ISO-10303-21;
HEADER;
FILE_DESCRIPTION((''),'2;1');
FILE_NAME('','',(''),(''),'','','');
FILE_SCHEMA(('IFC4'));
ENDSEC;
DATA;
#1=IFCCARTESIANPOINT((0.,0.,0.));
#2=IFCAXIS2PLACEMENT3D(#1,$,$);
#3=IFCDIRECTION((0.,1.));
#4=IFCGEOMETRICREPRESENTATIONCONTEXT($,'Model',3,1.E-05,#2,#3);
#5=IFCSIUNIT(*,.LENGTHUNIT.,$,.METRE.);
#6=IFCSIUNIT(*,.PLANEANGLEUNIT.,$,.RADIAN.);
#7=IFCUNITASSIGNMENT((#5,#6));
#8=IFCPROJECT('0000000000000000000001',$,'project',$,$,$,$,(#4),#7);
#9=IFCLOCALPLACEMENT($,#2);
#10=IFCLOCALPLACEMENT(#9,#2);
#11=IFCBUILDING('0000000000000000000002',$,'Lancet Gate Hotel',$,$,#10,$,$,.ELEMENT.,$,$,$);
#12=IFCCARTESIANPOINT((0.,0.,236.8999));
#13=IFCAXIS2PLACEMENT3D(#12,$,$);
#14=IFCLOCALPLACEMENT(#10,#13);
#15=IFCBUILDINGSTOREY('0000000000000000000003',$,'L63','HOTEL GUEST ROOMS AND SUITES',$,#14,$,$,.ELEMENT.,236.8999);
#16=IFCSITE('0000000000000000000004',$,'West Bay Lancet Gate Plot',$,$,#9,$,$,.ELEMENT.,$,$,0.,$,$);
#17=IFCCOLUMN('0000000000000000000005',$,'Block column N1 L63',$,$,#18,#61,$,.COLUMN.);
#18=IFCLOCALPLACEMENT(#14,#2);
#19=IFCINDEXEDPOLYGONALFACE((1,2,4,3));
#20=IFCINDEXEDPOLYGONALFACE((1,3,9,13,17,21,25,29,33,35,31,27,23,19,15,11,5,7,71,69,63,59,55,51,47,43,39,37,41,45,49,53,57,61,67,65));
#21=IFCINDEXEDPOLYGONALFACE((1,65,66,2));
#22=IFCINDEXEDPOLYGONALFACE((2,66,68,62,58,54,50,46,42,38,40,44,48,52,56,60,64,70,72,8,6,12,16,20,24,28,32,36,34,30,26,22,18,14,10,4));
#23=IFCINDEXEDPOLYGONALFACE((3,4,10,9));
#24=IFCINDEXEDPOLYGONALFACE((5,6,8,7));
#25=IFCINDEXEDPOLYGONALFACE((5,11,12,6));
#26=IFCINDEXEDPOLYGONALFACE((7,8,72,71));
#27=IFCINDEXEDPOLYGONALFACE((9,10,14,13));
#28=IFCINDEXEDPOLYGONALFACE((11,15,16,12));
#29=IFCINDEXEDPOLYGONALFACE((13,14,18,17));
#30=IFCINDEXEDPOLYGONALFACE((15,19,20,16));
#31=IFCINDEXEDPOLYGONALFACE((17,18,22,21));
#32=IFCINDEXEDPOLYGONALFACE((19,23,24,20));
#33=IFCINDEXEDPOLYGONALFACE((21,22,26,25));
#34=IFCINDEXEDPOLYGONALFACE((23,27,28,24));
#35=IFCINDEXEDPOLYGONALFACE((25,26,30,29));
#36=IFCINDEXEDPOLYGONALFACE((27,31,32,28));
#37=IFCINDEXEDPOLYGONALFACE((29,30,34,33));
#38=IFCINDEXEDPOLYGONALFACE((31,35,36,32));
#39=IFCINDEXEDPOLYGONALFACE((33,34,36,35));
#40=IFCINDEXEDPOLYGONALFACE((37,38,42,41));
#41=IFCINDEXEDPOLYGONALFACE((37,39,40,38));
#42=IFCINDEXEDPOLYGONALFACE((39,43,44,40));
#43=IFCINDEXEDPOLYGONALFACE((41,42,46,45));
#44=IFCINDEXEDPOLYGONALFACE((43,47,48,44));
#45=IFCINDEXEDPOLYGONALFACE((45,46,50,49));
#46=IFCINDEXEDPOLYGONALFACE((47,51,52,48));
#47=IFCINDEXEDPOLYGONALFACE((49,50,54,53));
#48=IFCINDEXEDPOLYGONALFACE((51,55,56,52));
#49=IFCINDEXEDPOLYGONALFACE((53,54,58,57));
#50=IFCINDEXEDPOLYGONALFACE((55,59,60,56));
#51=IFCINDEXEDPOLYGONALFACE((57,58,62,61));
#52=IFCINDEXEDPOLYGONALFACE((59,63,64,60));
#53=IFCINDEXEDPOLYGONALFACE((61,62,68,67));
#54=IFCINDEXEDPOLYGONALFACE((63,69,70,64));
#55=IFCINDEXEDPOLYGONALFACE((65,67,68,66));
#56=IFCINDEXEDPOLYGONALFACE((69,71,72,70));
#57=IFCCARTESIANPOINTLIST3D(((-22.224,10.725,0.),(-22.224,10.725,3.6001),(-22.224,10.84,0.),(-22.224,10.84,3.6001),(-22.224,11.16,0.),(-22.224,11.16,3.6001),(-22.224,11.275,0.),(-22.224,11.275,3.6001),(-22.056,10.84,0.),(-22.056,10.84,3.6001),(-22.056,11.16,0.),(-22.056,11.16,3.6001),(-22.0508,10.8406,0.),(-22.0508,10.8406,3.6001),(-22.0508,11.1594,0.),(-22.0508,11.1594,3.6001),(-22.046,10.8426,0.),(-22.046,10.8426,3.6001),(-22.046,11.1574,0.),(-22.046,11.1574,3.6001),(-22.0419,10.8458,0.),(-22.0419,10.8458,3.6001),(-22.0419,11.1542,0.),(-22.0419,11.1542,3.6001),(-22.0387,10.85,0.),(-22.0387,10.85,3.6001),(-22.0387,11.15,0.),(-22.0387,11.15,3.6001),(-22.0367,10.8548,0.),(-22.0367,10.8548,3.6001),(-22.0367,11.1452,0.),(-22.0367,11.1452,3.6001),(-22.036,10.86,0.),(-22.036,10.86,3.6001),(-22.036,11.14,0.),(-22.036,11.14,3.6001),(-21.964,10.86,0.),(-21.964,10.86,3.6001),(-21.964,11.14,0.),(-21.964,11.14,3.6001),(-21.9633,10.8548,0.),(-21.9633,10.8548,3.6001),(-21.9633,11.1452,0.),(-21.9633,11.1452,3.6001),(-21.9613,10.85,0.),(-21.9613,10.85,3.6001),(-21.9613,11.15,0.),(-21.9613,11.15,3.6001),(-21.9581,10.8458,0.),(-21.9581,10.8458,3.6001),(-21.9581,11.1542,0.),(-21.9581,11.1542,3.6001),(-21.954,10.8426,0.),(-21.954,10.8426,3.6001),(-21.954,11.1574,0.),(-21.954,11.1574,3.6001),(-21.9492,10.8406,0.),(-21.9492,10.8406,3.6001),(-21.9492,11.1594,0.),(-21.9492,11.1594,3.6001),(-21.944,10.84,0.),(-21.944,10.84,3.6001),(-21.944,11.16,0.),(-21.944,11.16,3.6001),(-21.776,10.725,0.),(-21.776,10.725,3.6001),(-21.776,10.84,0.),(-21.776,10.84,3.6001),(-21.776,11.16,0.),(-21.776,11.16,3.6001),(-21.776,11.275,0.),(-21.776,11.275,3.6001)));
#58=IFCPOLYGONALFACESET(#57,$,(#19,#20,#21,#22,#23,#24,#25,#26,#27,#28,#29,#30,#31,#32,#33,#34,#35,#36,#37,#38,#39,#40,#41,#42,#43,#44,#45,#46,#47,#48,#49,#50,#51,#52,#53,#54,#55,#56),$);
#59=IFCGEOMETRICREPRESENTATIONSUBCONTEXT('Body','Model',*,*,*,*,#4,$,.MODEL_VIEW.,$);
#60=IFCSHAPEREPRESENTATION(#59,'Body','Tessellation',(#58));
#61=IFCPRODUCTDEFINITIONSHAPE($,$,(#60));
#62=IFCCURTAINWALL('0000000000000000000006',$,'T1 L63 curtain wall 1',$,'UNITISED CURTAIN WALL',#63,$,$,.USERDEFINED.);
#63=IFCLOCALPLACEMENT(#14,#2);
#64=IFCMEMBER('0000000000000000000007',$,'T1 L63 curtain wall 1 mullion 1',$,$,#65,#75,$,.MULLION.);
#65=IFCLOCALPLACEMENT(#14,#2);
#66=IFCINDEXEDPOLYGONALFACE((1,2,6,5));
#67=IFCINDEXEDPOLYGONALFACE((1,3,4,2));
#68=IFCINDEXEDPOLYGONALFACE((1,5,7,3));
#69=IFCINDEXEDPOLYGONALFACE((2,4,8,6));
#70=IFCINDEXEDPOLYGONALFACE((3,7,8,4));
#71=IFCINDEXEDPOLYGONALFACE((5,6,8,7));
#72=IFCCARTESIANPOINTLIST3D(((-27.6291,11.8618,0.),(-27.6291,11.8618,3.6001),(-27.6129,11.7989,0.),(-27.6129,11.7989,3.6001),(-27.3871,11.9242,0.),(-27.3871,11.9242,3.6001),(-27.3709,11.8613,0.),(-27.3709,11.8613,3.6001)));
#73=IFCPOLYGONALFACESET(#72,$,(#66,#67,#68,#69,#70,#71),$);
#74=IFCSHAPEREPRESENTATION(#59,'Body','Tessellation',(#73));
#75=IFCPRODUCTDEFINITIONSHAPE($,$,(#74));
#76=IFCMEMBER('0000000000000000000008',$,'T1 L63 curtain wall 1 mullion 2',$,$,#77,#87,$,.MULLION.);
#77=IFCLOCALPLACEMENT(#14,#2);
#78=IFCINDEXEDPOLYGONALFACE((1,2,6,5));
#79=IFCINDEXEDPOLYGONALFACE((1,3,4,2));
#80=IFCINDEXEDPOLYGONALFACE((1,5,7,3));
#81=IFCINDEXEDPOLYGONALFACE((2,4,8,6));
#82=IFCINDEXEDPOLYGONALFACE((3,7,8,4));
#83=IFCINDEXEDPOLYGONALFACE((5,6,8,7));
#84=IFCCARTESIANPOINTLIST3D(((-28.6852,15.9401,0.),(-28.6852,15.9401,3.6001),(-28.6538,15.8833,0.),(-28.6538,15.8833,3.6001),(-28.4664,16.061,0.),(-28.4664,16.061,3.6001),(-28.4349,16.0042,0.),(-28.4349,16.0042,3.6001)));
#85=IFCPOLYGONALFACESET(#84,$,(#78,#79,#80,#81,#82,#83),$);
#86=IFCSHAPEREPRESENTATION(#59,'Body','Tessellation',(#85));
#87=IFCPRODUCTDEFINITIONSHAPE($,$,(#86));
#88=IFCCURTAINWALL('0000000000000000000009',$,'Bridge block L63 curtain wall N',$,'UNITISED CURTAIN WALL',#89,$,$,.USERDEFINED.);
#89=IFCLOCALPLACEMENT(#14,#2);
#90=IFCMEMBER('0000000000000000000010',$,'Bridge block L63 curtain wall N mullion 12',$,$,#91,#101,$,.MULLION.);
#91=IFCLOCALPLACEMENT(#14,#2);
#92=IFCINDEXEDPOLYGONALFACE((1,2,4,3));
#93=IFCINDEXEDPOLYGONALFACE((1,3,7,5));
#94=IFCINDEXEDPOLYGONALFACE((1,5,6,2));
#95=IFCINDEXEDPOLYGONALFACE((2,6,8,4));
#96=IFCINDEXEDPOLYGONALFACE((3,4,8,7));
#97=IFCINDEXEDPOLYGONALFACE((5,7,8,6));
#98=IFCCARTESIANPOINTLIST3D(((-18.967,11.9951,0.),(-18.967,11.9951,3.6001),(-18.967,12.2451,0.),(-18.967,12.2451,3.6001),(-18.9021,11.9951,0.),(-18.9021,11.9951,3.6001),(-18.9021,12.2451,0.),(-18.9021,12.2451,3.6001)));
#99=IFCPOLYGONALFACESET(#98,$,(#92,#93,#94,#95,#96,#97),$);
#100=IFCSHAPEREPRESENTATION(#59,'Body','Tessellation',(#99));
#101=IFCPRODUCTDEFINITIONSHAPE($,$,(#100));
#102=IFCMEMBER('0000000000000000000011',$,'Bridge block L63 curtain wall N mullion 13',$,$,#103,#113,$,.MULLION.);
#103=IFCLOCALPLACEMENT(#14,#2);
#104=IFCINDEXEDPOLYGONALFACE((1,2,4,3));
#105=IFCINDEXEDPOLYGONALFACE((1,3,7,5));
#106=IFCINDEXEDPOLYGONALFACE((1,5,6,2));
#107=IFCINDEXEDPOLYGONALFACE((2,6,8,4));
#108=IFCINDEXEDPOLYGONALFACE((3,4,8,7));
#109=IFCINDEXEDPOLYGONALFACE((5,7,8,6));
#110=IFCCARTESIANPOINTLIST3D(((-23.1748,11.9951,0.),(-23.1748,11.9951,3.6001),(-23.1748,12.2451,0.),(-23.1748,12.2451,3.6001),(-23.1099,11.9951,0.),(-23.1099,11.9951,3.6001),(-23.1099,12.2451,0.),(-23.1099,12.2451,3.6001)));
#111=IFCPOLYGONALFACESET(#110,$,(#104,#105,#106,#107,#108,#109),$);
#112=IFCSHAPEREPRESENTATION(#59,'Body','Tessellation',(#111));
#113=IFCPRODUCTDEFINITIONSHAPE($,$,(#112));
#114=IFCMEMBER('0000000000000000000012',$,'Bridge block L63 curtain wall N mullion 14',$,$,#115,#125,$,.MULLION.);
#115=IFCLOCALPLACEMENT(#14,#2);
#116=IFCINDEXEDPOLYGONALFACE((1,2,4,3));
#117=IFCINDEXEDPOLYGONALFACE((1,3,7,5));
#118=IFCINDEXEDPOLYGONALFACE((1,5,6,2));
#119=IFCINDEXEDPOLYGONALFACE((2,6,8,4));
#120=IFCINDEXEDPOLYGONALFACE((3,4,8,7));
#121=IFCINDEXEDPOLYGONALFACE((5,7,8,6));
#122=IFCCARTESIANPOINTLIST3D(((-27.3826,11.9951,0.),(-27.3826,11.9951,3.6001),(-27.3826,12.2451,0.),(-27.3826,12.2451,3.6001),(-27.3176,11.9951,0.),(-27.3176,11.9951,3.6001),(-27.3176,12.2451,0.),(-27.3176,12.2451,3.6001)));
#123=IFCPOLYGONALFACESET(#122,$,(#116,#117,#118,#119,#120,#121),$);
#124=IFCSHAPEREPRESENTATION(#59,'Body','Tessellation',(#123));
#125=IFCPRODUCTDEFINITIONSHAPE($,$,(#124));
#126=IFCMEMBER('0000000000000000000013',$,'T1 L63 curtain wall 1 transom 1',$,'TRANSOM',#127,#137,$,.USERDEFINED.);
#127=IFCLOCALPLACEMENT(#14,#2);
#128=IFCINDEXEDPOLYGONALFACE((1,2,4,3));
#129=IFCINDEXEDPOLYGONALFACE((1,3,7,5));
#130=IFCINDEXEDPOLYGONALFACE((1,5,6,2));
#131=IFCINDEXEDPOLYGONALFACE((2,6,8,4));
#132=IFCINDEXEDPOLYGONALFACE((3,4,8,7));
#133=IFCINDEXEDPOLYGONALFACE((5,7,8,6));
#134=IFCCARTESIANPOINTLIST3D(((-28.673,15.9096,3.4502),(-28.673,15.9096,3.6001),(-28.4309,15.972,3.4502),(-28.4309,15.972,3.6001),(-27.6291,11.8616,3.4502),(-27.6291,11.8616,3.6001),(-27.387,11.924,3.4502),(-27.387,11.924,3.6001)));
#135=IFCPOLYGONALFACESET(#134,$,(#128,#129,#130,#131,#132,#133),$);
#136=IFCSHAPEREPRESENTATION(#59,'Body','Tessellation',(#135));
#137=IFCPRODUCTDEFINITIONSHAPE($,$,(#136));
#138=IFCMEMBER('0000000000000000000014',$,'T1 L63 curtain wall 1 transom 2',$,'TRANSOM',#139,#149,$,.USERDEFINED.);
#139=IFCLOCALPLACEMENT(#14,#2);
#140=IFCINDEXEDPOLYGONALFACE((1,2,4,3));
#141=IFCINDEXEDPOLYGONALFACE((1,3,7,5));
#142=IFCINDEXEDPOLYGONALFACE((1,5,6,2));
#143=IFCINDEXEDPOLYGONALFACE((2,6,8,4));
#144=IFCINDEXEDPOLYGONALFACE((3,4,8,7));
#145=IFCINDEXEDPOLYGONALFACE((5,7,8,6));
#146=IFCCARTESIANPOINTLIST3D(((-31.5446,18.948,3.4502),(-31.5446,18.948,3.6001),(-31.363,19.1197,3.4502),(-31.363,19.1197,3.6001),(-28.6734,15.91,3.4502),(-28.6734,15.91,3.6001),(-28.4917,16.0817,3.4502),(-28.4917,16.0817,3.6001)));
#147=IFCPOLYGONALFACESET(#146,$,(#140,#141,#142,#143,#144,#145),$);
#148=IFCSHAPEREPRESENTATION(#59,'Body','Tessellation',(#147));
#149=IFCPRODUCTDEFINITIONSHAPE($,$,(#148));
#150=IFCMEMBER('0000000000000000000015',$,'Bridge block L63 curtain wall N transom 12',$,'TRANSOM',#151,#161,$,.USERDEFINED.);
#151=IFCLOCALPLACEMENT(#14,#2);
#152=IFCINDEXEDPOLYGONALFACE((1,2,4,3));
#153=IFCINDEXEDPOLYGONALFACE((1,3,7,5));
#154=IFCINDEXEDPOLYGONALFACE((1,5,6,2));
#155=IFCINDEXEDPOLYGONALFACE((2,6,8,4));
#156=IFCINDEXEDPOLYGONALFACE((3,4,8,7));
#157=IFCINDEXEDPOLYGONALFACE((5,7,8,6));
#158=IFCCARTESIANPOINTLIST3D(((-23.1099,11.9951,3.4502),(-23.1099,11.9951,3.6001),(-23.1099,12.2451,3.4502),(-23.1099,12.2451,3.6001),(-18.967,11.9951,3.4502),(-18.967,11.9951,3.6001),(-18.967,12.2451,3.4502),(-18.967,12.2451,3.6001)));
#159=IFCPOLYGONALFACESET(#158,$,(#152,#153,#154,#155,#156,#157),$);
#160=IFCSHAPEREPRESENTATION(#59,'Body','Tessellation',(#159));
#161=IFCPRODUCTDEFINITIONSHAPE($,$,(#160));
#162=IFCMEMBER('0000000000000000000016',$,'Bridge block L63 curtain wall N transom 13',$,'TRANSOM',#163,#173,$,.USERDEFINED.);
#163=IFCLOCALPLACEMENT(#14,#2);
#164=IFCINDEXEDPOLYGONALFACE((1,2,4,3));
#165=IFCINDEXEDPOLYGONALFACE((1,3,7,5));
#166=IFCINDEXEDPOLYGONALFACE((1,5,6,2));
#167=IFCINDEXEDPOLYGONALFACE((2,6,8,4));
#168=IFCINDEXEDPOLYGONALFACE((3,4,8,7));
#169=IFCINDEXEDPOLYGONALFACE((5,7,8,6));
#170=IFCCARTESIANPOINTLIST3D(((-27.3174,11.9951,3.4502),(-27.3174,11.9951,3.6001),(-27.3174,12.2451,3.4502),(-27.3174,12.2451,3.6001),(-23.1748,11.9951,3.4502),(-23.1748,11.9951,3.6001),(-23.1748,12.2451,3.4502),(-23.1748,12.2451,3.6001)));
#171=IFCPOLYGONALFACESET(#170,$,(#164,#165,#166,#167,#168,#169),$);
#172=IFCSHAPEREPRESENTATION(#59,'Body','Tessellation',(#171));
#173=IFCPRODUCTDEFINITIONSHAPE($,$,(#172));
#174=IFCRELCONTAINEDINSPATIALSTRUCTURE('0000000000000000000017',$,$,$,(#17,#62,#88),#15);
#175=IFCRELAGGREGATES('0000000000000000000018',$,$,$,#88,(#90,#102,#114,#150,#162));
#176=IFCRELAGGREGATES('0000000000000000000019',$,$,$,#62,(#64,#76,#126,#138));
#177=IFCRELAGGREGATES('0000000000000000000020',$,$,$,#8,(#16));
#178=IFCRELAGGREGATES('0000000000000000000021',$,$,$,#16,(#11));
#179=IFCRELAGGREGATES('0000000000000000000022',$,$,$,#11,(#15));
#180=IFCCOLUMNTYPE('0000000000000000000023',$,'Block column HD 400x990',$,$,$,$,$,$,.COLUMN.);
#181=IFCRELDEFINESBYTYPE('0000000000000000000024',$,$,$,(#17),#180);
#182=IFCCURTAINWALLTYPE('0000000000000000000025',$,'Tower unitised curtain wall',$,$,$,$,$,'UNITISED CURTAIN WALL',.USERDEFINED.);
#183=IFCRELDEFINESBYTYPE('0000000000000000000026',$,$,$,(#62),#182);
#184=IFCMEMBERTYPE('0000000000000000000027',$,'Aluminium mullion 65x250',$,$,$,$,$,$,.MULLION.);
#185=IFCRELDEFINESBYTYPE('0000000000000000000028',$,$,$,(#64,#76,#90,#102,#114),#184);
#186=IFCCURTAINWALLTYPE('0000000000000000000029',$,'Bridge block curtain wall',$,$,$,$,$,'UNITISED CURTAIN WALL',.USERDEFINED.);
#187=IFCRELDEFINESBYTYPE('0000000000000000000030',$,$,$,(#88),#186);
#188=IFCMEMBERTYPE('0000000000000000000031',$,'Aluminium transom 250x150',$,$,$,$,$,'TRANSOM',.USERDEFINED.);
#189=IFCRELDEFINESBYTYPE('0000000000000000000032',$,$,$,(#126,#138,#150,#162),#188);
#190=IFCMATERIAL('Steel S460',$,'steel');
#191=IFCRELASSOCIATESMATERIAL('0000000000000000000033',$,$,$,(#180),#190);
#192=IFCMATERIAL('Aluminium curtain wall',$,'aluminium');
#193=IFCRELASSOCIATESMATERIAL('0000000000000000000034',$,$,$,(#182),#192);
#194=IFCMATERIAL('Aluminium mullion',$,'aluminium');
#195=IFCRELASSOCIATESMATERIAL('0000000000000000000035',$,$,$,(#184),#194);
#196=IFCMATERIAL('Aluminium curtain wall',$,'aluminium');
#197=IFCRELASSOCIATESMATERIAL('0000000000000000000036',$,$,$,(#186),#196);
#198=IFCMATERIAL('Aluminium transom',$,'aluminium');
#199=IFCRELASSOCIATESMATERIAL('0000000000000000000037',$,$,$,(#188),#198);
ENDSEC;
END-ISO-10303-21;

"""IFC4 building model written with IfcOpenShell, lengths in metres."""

from ifc_helpers import new_model, si_unit, direction, frame, origin, origin_2d, place, context, subcontext, project, spatial, rectangle, i_section, extrude, material, material_profile, profile_set, type_object, element, aggregate, save


model = new_model("IFC4")

# Units and contexts
model_context = context("Model", 3, precision=1e-05, world=origin(), true_north=direction((0.0, 1.0)))
body_context = subcontext(model_context, "Body", "Model", "MODEL_VIEW")
ifc_project = project(units=[si_unit("LENGTHUNIT", "METRE"), si_unit("PLANEANGLEUNIT", "RADIAN")], contexts=[model_context])

# Site, building, storey
site_placement = place(None, origin())
site = spatial("IfcSite", under=ifc_project, at=site_placement, Name="West Bay Lancet Gate Plot", CompositionType="ELEMENT", RefElevation=0.0)
building_placement = place(site_placement, origin())
building = spatial("IfcBuilding", under=site, at=building_placement, Name="Lancet Gate Hotel", CompositionType="ELEMENT")
storey_placement = place(building_placement, frame((0.0, 0.0, 236.8999)))
storey = spatial("IfcBuildingStorey", under=building, at=storey_placement, Name="L63", Description="HOTEL GUEST ROOMS AND SUITES", CompositionType="ELEMENT", Elevation=236.8999)

# Column
ifc_material_1 = material(Name="Steel S460", Category="steel")
ifc_material_profile_1 = material_profile(ifc_material_1, i_section(OverallWidth=0.448, OverallDepth=0.55, WebThickness=0.072, FlangeThickness=0.115, FilletRadius=0.02, at=origin_2d()), Name="HD 400x990")
ifc_profile_set_1 = profile_set([ifc_material_profile_1], Name="Steel S460")
column_type = type_object("IfcColumnType", Name="Block column HD 400x990", PredefinedType="COLUMN", material=ifc_profile_set_1)
column_placement = place(storey_placement, frame((-22.0, 11.0, 0.0), z_axis=(0.0, 0.0, 1.0), x_axis=(1.0, 0.0, 0.0)))
element("IfcColumn", 1, at=column_placement, inside=storey, type_object=column_type, Name="Block column N1 L63", PredefinedType="COLUMN", context=body_context, shape_type="SweptSolid", body=[
    extrude(i_section(OverallWidth=0.448, OverallDepth=0.55, WebThickness=0.072, FlangeThickness=0.115, FilletRadius=0.02, at=origin_2d()), origin(), (0.0, 0.0, 1.0), 3.6001),
])

# Curtain walls, members
ifc_material_2 = material(Name="Aluminium curtain wall", Category="aluminium")
curtain_wall_type_1 = type_object("IfcCurtainWallType", Name="Tower unitised curtain wall", ElementType="UNITISED CURTAIN WALL", PredefinedType="USERDEFINED", material=ifc_material_2)
curtain_wall_1_placement = place(storey_placement, origin())
curtain_wall_1 = element("IfcCurtainWall", 2, at=curtain_wall_1_placement, inside=storey, type_object=curtain_wall_type_1, Name="T1 L63 curtain wall 1", ObjectType="UNITISED CURTAIN WALL", PredefinedType="USERDEFINED")
ifc_material_3 = material(Name="Aluminium mullion", Category="aluminium")
ifc_material_profile_2 = material_profile(ifc_material_3, rectangle(XDim=0.0649, YDim=0.25, at=origin_2d()), Name="MULLION 65x250")
ifc_profile_set_2 = profile_set([ifc_material_profile_2], Name="Aluminium mullion")
member_type_1 = type_object("IfcMemberType", Name="Aluminium mullion 65x250", PredefinedType="MULLION", material=ifc_profile_set_2)
member_1_placement = place(storey_placement, frame((-27.5, 11.8616, 0.0), z_axis=(0.0, 0.0, 1.0), x_axis=(-0.249726, 0.968317, 0.0)))
member_1 = element("IfcMember", 3, at=member_1_placement, type_object=member_type_1, Name="T1 L63 curtain wall 1 mullion 1", PredefinedType="MULLION", context=body_context, shape_type="SweptSolid", body=[
    extrude(rectangle(XDim=0.0649, YDim=0.25, at=origin_2d()), origin(), (0.0, 0.0, 1.0), 3.6001),
])
member_2_placement = place(storey_placement, frame((-28.5601, 15.9722, 0.0), z_axis=(0.0, 0.0, 1.0), x_axis=(-0.483627, 0.875274, 0.0)))
member_2 = element("IfcMember", 4, at=member_2_placement, type_object=member_type_1, Name="T1 L63 curtain wall 1 mullion 2", PredefinedType="MULLION", context=body_context, shape_type="SweptSolid", body=[
    extrude(rectangle(XDim=0.0649, YDim=0.25, at=origin_2d()), origin(), (0.0, 0.0, 1.0), 3.6001),
])
ifc_material_4 = material(Name="Aluminium curtain wall", Category="aluminium")
curtain_wall_type_2 = type_object("IfcCurtainWallType", Name="Bridge block curtain wall", ElementType="UNITISED CURTAIN WALL", PredefinedType="USERDEFINED", material=ifc_material_4)
curtain_wall_2_placement = place(storey_placement, origin())
curtain_wall_2 = element("IfcCurtainWall", 5, at=curtain_wall_2_placement, inside=storey, type_object=curtain_wall_type_2, Name="Bridge block L63 curtain wall N", ObjectType="UNITISED CURTAIN WALL", PredefinedType="USERDEFINED")
member_3_placement = place(storey_placement, frame((-18.9346, 12.1201, 0.0), z_axis=(0.0, 0.0, 1.0), x_axis=(-1.0, 0.0, 0.0)))
member_3 = element("IfcMember", 6, at=member_3_placement, type_object=member_type_1, Name="Bridge block L63 curtain wall N mullion 12", PredefinedType="MULLION", context=body_context, shape_type="SweptSolid", body=[
    extrude(rectangle(XDim=0.0649, YDim=0.25, at=origin_2d()), origin(), (0.0, 0.0, 1.0), 3.6001),
])
member_4_placement = place(storey_placement, frame((-23.1423, 12.1201, 0.0), z_axis=(0.0, 0.0, 1.0), x_axis=(-1.0, 0.0, 0.0)))
member_4 = element("IfcMember", 7, at=member_4_placement, type_object=member_type_1, Name="Bridge block L63 curtain wall N mullion 13", PredefinedType="MULLION", context=body_context, shape_type="SweptSolid", body=[
    extrude(rectangle(XDim=0.0649, YDim=0.25, at=origin_2d()), origin(), (0.0, 0.0, 1.0), 3.6001),
])
member_5_placement = place(storey_placement, frame((-27.3501, 12.1201, 0.0), z_axis=(0.0, 0.0, 1.0), x_axis=(-1.0, 0.0, 0.0)))
member_5 = element("IfcMember", 8, at=member_5_placement, type_object=member_type_1, Name="Bridge block L63 curtain wall N mullion 14", PredefinedType="MULLION", context=body_context, shape_type="SweptSolid", body=[
    extrude(rectangle(XDim=0.0649, YDim=0.25, at=origin_2d()), origin(), (0.0, 0.0, 1.0), 3.6001),
])

# Members
ifc_material_5 = material(Name="Aluminium transom", Category="aluminium")
ifc_material_profile_3 = material_profile(ifc_material_5, rectangle(XDim=0.25, YDim=0.1499, at=origin_2d()), Name="TRANSOM 250x150")
ifc_profile_set_3 = profile_set([ifc_material_profile_3], Name="Aluminium transom")
member_type_2 = type_object("IfcMemberType", Name="Aluminium transom 250x150", ElementType="TRANSOM", PredefinedType="USERDEFINED", material=ifc_profile_set_3)
member_6_placement = place(storey_placement, frame((-27.5081, 11.8928, 3.5251), z_axis=(-0.249716, 0.968319, 0.0), x_axis=(-0.968319, -0.249716, 0.0)))
member_6 = element("IfcMember", 9, at=member_6_placement, type_object=member_type_2, Name="T1 L63 curtain wall 1 transom 1", ObjectType="TRANSOM", PredefinedType="USERDEFINED", context=body_context, shape_type="SweptSolid", body=[
    extrude(rectangle(XDim=0.25, YDim=0.1499, at=origin_2d()), origin(), (0.0, 0.0, 1.0), 4.1804),
])
member_7_placement = place(storey_placement, frame((-28.5825, 15.9958, 3.5251), z_axis=(-0.686881, 0.72677, 0.0), x_axis=(-0.72677, -0.686881, 0.0)))
member_7 = element("IfcMember", 10, at=member_7_placement, type_object=member_type_2, Name="T1 L63 curtain wall 1 transom 2", ObjectType="TRANSOM", PredefinedType="USERDEFINED", context=body_context, shape_type="SweptSolid", body=[
    extrude(rectangle(XDim=0.25, YDim=0.1499, at=origin_2d()), origin(), (0.0, 0.0, 1.0), 4.1802),
])
member_8_placement = place(storey_placement, frame((-18.967, 12.1201, 3.5251), z_axis=(-1.0, 0.0, 0.0), x_axis=(0.0, -1.0, 0.0)))
member_8 = element("IfcMember", 11, at=member_8_placement, type_object=member_type_2, Name="Bridge block L63 curtain wall N transom 12", ObjectType="TRANSOM", PredefinedType="USERDEFINED", context=body_context, shape_type="SweptSolid", body=[
    extrude(rectangle(XDim=0.25, YDim=0.1499, at=origin_2d()), origin(), (0.0, 0.0, 1.0), 4.1428),
])
member_9_placement = place(storey_placement, frame((-23.1748, 12.1201, 3.5251), z_axis=(-1.0, 0.0, 0.0), x_axis=(0.0, -1.0, 0.0)))
member_9 = element("IfcMember", 12, at=member_9_placement, type_object=member_type_2, Name="Bridge block L63 curtain wall N transom 13", ObjectType="TRANSOM", PredefinedType="USERDEFINED", context=body_context, shape_type="SweptSolid", body=[
    extrude(rectangle(XDim=0.25, YDim=0.1499, at=origin_2d()), origin(), (0.0, 0.0, 1.0), 4.1426),
])

aggregate(curtain_wall_2, [member_3, member_4, member_5, member_8, member_9])
aggregate(curtain_wall_1, [member_1, member_2, member_6, member_7])

save(model, "model.ifc")
